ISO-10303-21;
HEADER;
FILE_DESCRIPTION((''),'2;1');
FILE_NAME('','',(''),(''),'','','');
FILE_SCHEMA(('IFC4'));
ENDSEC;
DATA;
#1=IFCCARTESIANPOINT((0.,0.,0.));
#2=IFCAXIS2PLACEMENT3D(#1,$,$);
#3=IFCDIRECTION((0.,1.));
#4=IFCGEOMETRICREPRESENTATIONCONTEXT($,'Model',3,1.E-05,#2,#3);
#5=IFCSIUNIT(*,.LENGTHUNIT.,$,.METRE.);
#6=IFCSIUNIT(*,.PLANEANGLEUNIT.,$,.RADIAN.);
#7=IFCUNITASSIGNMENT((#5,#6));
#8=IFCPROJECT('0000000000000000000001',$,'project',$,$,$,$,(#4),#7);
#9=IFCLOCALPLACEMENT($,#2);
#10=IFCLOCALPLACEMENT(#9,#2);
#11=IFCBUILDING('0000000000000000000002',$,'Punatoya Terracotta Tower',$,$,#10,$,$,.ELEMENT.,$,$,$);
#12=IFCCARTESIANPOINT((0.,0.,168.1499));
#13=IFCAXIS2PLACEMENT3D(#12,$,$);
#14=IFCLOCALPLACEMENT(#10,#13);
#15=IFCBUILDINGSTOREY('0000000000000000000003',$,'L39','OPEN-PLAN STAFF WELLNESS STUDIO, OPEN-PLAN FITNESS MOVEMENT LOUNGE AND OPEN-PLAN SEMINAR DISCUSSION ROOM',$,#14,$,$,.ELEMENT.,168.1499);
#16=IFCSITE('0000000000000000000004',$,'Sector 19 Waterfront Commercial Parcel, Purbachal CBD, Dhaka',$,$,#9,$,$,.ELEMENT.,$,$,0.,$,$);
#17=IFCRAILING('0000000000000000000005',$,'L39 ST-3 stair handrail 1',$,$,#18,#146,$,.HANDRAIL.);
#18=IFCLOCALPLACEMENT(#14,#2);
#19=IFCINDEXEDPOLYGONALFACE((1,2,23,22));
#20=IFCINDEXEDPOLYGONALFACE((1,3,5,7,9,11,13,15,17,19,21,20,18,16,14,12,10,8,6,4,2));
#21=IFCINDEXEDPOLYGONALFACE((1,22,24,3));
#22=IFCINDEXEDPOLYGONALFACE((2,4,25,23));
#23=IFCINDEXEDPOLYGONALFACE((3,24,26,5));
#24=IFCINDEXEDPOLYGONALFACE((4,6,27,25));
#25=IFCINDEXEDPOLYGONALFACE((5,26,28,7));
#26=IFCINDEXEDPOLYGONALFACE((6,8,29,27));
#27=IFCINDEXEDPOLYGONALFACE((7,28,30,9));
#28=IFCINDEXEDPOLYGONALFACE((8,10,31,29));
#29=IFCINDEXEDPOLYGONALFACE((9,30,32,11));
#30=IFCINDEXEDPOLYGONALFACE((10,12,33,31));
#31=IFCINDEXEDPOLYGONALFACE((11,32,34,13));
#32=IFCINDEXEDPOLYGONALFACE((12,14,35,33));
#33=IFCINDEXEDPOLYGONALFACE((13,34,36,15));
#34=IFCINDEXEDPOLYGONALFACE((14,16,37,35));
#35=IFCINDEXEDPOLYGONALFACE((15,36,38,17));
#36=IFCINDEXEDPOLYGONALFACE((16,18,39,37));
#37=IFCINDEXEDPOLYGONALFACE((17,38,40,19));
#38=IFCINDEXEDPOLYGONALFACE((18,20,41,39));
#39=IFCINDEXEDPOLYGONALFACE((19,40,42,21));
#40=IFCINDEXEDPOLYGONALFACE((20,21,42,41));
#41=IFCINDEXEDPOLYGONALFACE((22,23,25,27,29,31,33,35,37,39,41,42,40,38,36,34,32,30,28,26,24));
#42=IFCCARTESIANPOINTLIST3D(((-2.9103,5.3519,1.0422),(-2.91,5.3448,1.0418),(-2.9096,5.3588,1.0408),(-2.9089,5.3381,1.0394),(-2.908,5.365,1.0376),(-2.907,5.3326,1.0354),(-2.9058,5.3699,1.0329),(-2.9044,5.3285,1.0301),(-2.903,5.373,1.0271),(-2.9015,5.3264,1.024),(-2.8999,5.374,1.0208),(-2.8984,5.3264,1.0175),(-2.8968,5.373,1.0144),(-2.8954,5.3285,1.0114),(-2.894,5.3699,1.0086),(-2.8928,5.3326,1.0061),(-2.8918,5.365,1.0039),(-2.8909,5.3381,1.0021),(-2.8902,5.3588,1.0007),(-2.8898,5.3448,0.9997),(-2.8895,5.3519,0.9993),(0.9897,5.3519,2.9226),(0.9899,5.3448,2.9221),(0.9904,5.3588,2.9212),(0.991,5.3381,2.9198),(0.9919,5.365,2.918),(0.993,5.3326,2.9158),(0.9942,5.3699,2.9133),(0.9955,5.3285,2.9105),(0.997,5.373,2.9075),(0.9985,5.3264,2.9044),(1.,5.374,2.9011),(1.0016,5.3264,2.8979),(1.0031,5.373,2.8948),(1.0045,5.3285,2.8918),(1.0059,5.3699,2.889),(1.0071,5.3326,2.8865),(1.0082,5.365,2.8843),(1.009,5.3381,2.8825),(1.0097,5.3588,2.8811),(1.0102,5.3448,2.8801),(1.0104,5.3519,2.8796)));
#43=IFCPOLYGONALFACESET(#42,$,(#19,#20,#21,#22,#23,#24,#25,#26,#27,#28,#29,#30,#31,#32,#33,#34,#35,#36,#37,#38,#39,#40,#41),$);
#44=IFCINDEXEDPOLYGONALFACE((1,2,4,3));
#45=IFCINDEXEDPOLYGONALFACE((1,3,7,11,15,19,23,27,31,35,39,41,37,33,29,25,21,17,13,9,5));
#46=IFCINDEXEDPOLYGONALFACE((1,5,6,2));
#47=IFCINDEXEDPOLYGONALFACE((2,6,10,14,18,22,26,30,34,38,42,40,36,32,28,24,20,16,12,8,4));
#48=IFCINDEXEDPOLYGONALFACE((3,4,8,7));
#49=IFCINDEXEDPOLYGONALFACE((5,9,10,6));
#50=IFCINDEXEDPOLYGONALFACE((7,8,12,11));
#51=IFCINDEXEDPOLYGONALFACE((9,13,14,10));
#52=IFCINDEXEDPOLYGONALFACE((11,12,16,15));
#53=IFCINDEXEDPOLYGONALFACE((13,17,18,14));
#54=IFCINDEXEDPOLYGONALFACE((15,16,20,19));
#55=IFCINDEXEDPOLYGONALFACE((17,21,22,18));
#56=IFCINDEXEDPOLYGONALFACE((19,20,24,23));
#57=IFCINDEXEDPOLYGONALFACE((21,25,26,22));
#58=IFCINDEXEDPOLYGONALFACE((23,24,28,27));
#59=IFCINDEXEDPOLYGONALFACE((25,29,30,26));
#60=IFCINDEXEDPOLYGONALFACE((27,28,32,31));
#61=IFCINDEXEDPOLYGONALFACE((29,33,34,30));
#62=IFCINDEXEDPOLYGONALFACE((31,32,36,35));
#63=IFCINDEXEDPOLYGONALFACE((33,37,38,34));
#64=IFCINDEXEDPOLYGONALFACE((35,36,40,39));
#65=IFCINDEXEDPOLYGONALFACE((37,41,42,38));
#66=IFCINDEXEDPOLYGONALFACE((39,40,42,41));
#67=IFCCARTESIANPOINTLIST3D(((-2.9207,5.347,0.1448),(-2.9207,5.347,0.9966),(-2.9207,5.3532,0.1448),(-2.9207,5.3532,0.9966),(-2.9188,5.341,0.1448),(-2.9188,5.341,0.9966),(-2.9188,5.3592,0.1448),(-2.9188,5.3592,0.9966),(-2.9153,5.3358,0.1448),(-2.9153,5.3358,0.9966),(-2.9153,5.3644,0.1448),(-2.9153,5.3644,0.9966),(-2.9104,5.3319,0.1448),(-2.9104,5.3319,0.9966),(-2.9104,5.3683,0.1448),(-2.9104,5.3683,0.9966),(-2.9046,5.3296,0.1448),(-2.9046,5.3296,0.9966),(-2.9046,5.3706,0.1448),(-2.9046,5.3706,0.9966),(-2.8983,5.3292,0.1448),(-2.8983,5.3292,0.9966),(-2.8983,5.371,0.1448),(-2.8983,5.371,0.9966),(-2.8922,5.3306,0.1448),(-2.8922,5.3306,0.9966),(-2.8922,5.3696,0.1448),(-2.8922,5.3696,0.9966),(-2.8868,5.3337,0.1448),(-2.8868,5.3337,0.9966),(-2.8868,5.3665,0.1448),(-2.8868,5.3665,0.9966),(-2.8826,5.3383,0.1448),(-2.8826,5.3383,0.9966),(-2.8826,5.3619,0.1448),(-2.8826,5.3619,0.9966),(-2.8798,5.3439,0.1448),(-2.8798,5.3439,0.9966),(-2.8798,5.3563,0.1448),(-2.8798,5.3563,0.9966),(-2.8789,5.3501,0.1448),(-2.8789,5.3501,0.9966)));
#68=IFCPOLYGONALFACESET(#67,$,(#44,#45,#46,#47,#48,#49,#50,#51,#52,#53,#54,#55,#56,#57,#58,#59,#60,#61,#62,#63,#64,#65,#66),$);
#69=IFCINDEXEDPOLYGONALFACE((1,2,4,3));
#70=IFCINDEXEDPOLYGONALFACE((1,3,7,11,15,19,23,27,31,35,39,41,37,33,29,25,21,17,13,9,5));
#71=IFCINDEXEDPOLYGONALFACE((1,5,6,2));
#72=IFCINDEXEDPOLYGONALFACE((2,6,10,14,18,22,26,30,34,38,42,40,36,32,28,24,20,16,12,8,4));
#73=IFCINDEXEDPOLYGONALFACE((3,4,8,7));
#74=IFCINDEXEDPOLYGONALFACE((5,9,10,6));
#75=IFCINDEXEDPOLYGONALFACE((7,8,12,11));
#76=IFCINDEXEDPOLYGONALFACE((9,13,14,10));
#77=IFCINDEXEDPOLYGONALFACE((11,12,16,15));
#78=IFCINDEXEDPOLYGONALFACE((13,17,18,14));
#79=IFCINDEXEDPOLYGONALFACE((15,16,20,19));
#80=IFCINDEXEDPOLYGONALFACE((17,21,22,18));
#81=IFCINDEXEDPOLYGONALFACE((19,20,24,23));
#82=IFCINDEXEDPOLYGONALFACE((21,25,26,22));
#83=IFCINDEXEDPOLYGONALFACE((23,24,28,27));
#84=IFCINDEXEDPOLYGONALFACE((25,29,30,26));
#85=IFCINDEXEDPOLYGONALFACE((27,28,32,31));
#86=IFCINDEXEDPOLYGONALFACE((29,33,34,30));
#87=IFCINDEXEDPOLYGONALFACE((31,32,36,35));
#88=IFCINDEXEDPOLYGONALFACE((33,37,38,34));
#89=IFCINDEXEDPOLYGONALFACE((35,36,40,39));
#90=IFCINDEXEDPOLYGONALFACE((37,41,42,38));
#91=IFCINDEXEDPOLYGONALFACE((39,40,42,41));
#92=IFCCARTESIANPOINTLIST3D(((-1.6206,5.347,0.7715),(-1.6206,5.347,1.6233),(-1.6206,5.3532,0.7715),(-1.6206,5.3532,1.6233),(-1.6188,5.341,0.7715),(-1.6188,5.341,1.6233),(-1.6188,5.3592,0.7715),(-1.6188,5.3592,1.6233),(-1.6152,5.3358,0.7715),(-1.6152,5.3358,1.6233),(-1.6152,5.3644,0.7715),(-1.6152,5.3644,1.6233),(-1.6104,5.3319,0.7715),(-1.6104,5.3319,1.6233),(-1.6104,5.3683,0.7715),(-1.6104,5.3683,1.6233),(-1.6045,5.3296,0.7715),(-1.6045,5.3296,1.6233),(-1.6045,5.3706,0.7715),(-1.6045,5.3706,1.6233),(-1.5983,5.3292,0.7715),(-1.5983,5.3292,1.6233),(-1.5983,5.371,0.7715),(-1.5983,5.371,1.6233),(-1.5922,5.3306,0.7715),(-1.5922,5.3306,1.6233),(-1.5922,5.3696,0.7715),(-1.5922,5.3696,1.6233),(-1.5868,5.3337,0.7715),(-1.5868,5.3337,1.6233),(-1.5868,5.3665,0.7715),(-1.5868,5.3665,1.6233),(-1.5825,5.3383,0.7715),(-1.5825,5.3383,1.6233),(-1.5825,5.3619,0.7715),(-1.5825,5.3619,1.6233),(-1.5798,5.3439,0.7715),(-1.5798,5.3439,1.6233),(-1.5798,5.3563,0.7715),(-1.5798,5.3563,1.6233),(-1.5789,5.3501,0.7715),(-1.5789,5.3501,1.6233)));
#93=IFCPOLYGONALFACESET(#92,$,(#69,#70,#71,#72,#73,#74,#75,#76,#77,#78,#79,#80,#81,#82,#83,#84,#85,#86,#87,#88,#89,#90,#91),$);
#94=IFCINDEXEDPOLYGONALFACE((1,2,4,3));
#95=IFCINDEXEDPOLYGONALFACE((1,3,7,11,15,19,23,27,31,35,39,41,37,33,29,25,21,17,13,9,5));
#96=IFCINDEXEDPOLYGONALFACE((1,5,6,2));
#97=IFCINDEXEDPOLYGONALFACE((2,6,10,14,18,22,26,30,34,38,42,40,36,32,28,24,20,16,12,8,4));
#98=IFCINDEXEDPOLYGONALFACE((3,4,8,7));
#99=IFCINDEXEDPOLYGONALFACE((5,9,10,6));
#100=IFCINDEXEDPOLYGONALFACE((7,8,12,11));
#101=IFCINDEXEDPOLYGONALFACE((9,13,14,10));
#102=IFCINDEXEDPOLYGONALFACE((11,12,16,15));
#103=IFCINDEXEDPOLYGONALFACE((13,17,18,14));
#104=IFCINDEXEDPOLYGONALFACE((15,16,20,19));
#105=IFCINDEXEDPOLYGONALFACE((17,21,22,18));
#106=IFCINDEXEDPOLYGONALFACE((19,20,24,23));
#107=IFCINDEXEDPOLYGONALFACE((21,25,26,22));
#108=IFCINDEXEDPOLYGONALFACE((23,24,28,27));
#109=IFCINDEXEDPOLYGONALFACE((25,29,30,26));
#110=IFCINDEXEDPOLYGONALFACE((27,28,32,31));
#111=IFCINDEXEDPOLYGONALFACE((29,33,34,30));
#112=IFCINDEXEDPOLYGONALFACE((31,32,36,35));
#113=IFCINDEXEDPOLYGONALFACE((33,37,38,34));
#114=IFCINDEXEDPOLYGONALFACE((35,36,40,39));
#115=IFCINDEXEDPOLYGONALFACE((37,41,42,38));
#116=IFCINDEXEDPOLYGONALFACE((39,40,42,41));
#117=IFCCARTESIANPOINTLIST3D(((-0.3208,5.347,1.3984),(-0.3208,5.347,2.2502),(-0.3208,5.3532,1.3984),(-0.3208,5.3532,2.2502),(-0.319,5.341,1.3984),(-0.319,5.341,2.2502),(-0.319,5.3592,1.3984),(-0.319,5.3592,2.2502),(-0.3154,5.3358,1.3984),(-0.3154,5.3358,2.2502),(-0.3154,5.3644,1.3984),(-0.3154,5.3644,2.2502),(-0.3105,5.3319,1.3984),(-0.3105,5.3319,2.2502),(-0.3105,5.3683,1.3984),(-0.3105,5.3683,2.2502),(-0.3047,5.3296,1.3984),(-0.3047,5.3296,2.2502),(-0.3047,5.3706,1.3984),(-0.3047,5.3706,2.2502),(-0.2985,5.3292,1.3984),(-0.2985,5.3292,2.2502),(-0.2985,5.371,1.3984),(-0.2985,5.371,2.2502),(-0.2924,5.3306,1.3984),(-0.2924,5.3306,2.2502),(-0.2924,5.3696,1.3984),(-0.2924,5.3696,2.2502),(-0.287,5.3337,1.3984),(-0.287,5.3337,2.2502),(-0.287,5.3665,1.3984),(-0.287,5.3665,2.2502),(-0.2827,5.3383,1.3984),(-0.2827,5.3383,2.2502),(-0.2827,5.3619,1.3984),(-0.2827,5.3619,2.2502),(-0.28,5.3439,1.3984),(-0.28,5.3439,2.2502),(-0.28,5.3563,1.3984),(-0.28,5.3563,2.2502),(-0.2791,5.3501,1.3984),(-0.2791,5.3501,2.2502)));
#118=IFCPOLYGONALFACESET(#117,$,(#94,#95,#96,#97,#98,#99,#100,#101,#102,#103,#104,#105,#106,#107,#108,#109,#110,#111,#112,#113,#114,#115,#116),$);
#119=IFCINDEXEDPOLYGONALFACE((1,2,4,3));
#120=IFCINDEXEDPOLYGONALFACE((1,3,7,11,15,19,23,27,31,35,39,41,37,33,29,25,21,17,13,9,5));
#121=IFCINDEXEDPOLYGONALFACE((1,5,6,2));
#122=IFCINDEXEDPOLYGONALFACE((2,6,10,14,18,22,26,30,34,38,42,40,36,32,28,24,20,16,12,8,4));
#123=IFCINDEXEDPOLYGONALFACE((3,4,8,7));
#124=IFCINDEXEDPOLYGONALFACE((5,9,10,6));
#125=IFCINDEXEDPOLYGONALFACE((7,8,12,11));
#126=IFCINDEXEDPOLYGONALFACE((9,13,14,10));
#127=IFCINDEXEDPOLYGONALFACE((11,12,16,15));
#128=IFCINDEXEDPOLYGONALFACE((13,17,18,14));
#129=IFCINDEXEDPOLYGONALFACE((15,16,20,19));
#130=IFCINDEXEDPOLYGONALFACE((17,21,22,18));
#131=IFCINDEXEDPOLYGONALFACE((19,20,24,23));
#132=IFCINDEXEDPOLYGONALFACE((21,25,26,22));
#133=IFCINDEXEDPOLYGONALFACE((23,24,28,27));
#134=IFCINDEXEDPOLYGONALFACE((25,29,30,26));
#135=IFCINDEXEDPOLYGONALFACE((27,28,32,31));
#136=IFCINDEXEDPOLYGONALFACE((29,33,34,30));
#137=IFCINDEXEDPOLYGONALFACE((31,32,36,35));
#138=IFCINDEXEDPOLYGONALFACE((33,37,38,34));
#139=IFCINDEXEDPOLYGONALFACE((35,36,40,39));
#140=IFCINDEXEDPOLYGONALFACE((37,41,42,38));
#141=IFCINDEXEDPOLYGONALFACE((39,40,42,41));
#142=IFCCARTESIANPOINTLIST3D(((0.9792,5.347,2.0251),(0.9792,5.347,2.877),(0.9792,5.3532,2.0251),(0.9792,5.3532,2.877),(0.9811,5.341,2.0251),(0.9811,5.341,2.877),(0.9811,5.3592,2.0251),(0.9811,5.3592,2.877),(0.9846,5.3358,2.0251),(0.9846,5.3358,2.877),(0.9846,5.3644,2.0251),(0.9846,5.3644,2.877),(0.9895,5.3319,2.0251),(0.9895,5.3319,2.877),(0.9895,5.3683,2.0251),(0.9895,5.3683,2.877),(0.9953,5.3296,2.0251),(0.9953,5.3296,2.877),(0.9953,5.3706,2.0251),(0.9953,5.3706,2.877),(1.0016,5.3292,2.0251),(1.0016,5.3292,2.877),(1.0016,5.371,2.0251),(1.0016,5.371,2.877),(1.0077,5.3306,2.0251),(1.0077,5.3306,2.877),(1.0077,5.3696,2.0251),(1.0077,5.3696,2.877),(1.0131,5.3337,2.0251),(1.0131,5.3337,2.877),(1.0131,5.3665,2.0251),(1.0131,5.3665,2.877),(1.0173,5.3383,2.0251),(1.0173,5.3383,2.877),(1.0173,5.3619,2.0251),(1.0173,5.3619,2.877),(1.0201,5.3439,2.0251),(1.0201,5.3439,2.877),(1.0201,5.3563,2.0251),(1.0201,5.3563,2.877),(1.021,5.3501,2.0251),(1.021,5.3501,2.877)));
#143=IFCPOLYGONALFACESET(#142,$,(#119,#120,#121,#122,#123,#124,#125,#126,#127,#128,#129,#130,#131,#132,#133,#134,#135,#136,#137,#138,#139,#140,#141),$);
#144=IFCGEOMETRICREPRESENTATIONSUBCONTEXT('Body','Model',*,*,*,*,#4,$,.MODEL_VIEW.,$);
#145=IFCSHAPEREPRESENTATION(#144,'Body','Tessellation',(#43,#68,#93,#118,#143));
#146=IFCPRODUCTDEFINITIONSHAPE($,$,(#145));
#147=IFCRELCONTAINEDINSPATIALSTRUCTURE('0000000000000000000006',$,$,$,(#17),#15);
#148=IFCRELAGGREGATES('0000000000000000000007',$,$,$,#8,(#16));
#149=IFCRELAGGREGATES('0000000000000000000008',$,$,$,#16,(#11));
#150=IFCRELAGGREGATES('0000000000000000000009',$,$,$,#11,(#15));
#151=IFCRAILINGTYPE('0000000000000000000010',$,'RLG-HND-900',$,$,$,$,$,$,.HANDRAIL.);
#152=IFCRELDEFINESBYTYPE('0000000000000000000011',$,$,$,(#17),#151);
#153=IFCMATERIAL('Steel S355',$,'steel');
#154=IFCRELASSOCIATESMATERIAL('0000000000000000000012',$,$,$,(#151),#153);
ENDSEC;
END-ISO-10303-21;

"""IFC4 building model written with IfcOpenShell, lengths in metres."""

from ifc_helpers import new_model, si_unit, direction, frame, origin, origin_2d, place, context, subcontext, project, spatial, circle, extrude, material, type_object, element, save


model = new_model("IFC4")

# Units and contexts
model_context = context("Model", 3, precision=1e-05, world=origin(), true_north=direction((0.0, 1.0)))
body_context = subcontext(model_context, "Body", "Model", "MODEL_VIEW")
ifc_project = project(units=[si_unit("LENGTHUNIT", "METRE"), si_unit("PLANEANGLEUNIT", "RADIAN")], contexts=[model_context])

# Site, building, storey
site_placement = place(None, origin())
site = spatial("IfcSite", under=ifc_project, at=site_placement, Name="Sector 19 Waterfront Commercial Parcel, Purbachal CBD, Dhaka", CompositionType="ELEMENT", RefElevation=0.0)
building_placement = place(site_placement, origin())
building = spatial("IfcBuilding", under=site, at=building_placement, Name="Punatoya Terracotta Tower", CompositionType="ELEMENT")
storey_placement = place(building_placement, frame((0.0, 0.0, 168.1499)))
storey = spatial("IfcBuildingStorey", under=building, at=storey_placement, Name="L39", Description="OPEN-PLAN STAFF WELLNESS STUDIO, OPEN-PLAN FITNESS MOVEMENT LOUNGE AND OPEN-PLAN SEMINAR DISCUSSION ROOM", CompositionType="ELEMENT", Elevation=168.1499)

# Shared definitions
ifc_material_1 = material(Name="Steel S355", Category="steel")

# Railing
railing_type_1 = type_object("IfcRailingType", Name="RLG-HND-900", PredefinedType="HANDRAIL", material=ifc_material_1)
railing_1_placement = place(storey_placement, frame((-2.8999, 5.3501, 0.1448)))
element("IfcRailing", 1, at=railing_1_placement, inside=storey, type_object=railing_type_1, Name="L39 ST-3 stair handrail 1", PredefinedType="HANDRAIL", context=body_context, shape_type="SweptSolid", body=[
    extrude(circle(Radius=0.0239, at=origin_2d()), frame((0.0, 0.0, 0.876), z_axis=(0.900763, 0.0, 0.434311), x_axis=(0.0, 1.0, 0.0)), (0.0, 0.0, 1.0), 4.3296),
    extrude(circle(Radius=0.021, at=origin_2d()), origin(), (0.0, 0.0, 1.0), 0.8518),
    extrude(circle(Radius=0.021, at=origin_2d()), frame((1.3, 0.0, 0.6267)), (0.0, 0.0, 1.0), 0.8518),
    extrude(circle(Radius=0.021, at=origin_2d()), frame((2.5999, 0.0, 1.2537)), (0.0, 0.0, 1.0), 0.8518),
    extrude(circle(Radius=0.021, at=origin_2d()), frame((3.8999, 0.0, 1.8804)), (0.0, 0.0, 1.0), 0.8518),
])

save(model, "model.ifc")
